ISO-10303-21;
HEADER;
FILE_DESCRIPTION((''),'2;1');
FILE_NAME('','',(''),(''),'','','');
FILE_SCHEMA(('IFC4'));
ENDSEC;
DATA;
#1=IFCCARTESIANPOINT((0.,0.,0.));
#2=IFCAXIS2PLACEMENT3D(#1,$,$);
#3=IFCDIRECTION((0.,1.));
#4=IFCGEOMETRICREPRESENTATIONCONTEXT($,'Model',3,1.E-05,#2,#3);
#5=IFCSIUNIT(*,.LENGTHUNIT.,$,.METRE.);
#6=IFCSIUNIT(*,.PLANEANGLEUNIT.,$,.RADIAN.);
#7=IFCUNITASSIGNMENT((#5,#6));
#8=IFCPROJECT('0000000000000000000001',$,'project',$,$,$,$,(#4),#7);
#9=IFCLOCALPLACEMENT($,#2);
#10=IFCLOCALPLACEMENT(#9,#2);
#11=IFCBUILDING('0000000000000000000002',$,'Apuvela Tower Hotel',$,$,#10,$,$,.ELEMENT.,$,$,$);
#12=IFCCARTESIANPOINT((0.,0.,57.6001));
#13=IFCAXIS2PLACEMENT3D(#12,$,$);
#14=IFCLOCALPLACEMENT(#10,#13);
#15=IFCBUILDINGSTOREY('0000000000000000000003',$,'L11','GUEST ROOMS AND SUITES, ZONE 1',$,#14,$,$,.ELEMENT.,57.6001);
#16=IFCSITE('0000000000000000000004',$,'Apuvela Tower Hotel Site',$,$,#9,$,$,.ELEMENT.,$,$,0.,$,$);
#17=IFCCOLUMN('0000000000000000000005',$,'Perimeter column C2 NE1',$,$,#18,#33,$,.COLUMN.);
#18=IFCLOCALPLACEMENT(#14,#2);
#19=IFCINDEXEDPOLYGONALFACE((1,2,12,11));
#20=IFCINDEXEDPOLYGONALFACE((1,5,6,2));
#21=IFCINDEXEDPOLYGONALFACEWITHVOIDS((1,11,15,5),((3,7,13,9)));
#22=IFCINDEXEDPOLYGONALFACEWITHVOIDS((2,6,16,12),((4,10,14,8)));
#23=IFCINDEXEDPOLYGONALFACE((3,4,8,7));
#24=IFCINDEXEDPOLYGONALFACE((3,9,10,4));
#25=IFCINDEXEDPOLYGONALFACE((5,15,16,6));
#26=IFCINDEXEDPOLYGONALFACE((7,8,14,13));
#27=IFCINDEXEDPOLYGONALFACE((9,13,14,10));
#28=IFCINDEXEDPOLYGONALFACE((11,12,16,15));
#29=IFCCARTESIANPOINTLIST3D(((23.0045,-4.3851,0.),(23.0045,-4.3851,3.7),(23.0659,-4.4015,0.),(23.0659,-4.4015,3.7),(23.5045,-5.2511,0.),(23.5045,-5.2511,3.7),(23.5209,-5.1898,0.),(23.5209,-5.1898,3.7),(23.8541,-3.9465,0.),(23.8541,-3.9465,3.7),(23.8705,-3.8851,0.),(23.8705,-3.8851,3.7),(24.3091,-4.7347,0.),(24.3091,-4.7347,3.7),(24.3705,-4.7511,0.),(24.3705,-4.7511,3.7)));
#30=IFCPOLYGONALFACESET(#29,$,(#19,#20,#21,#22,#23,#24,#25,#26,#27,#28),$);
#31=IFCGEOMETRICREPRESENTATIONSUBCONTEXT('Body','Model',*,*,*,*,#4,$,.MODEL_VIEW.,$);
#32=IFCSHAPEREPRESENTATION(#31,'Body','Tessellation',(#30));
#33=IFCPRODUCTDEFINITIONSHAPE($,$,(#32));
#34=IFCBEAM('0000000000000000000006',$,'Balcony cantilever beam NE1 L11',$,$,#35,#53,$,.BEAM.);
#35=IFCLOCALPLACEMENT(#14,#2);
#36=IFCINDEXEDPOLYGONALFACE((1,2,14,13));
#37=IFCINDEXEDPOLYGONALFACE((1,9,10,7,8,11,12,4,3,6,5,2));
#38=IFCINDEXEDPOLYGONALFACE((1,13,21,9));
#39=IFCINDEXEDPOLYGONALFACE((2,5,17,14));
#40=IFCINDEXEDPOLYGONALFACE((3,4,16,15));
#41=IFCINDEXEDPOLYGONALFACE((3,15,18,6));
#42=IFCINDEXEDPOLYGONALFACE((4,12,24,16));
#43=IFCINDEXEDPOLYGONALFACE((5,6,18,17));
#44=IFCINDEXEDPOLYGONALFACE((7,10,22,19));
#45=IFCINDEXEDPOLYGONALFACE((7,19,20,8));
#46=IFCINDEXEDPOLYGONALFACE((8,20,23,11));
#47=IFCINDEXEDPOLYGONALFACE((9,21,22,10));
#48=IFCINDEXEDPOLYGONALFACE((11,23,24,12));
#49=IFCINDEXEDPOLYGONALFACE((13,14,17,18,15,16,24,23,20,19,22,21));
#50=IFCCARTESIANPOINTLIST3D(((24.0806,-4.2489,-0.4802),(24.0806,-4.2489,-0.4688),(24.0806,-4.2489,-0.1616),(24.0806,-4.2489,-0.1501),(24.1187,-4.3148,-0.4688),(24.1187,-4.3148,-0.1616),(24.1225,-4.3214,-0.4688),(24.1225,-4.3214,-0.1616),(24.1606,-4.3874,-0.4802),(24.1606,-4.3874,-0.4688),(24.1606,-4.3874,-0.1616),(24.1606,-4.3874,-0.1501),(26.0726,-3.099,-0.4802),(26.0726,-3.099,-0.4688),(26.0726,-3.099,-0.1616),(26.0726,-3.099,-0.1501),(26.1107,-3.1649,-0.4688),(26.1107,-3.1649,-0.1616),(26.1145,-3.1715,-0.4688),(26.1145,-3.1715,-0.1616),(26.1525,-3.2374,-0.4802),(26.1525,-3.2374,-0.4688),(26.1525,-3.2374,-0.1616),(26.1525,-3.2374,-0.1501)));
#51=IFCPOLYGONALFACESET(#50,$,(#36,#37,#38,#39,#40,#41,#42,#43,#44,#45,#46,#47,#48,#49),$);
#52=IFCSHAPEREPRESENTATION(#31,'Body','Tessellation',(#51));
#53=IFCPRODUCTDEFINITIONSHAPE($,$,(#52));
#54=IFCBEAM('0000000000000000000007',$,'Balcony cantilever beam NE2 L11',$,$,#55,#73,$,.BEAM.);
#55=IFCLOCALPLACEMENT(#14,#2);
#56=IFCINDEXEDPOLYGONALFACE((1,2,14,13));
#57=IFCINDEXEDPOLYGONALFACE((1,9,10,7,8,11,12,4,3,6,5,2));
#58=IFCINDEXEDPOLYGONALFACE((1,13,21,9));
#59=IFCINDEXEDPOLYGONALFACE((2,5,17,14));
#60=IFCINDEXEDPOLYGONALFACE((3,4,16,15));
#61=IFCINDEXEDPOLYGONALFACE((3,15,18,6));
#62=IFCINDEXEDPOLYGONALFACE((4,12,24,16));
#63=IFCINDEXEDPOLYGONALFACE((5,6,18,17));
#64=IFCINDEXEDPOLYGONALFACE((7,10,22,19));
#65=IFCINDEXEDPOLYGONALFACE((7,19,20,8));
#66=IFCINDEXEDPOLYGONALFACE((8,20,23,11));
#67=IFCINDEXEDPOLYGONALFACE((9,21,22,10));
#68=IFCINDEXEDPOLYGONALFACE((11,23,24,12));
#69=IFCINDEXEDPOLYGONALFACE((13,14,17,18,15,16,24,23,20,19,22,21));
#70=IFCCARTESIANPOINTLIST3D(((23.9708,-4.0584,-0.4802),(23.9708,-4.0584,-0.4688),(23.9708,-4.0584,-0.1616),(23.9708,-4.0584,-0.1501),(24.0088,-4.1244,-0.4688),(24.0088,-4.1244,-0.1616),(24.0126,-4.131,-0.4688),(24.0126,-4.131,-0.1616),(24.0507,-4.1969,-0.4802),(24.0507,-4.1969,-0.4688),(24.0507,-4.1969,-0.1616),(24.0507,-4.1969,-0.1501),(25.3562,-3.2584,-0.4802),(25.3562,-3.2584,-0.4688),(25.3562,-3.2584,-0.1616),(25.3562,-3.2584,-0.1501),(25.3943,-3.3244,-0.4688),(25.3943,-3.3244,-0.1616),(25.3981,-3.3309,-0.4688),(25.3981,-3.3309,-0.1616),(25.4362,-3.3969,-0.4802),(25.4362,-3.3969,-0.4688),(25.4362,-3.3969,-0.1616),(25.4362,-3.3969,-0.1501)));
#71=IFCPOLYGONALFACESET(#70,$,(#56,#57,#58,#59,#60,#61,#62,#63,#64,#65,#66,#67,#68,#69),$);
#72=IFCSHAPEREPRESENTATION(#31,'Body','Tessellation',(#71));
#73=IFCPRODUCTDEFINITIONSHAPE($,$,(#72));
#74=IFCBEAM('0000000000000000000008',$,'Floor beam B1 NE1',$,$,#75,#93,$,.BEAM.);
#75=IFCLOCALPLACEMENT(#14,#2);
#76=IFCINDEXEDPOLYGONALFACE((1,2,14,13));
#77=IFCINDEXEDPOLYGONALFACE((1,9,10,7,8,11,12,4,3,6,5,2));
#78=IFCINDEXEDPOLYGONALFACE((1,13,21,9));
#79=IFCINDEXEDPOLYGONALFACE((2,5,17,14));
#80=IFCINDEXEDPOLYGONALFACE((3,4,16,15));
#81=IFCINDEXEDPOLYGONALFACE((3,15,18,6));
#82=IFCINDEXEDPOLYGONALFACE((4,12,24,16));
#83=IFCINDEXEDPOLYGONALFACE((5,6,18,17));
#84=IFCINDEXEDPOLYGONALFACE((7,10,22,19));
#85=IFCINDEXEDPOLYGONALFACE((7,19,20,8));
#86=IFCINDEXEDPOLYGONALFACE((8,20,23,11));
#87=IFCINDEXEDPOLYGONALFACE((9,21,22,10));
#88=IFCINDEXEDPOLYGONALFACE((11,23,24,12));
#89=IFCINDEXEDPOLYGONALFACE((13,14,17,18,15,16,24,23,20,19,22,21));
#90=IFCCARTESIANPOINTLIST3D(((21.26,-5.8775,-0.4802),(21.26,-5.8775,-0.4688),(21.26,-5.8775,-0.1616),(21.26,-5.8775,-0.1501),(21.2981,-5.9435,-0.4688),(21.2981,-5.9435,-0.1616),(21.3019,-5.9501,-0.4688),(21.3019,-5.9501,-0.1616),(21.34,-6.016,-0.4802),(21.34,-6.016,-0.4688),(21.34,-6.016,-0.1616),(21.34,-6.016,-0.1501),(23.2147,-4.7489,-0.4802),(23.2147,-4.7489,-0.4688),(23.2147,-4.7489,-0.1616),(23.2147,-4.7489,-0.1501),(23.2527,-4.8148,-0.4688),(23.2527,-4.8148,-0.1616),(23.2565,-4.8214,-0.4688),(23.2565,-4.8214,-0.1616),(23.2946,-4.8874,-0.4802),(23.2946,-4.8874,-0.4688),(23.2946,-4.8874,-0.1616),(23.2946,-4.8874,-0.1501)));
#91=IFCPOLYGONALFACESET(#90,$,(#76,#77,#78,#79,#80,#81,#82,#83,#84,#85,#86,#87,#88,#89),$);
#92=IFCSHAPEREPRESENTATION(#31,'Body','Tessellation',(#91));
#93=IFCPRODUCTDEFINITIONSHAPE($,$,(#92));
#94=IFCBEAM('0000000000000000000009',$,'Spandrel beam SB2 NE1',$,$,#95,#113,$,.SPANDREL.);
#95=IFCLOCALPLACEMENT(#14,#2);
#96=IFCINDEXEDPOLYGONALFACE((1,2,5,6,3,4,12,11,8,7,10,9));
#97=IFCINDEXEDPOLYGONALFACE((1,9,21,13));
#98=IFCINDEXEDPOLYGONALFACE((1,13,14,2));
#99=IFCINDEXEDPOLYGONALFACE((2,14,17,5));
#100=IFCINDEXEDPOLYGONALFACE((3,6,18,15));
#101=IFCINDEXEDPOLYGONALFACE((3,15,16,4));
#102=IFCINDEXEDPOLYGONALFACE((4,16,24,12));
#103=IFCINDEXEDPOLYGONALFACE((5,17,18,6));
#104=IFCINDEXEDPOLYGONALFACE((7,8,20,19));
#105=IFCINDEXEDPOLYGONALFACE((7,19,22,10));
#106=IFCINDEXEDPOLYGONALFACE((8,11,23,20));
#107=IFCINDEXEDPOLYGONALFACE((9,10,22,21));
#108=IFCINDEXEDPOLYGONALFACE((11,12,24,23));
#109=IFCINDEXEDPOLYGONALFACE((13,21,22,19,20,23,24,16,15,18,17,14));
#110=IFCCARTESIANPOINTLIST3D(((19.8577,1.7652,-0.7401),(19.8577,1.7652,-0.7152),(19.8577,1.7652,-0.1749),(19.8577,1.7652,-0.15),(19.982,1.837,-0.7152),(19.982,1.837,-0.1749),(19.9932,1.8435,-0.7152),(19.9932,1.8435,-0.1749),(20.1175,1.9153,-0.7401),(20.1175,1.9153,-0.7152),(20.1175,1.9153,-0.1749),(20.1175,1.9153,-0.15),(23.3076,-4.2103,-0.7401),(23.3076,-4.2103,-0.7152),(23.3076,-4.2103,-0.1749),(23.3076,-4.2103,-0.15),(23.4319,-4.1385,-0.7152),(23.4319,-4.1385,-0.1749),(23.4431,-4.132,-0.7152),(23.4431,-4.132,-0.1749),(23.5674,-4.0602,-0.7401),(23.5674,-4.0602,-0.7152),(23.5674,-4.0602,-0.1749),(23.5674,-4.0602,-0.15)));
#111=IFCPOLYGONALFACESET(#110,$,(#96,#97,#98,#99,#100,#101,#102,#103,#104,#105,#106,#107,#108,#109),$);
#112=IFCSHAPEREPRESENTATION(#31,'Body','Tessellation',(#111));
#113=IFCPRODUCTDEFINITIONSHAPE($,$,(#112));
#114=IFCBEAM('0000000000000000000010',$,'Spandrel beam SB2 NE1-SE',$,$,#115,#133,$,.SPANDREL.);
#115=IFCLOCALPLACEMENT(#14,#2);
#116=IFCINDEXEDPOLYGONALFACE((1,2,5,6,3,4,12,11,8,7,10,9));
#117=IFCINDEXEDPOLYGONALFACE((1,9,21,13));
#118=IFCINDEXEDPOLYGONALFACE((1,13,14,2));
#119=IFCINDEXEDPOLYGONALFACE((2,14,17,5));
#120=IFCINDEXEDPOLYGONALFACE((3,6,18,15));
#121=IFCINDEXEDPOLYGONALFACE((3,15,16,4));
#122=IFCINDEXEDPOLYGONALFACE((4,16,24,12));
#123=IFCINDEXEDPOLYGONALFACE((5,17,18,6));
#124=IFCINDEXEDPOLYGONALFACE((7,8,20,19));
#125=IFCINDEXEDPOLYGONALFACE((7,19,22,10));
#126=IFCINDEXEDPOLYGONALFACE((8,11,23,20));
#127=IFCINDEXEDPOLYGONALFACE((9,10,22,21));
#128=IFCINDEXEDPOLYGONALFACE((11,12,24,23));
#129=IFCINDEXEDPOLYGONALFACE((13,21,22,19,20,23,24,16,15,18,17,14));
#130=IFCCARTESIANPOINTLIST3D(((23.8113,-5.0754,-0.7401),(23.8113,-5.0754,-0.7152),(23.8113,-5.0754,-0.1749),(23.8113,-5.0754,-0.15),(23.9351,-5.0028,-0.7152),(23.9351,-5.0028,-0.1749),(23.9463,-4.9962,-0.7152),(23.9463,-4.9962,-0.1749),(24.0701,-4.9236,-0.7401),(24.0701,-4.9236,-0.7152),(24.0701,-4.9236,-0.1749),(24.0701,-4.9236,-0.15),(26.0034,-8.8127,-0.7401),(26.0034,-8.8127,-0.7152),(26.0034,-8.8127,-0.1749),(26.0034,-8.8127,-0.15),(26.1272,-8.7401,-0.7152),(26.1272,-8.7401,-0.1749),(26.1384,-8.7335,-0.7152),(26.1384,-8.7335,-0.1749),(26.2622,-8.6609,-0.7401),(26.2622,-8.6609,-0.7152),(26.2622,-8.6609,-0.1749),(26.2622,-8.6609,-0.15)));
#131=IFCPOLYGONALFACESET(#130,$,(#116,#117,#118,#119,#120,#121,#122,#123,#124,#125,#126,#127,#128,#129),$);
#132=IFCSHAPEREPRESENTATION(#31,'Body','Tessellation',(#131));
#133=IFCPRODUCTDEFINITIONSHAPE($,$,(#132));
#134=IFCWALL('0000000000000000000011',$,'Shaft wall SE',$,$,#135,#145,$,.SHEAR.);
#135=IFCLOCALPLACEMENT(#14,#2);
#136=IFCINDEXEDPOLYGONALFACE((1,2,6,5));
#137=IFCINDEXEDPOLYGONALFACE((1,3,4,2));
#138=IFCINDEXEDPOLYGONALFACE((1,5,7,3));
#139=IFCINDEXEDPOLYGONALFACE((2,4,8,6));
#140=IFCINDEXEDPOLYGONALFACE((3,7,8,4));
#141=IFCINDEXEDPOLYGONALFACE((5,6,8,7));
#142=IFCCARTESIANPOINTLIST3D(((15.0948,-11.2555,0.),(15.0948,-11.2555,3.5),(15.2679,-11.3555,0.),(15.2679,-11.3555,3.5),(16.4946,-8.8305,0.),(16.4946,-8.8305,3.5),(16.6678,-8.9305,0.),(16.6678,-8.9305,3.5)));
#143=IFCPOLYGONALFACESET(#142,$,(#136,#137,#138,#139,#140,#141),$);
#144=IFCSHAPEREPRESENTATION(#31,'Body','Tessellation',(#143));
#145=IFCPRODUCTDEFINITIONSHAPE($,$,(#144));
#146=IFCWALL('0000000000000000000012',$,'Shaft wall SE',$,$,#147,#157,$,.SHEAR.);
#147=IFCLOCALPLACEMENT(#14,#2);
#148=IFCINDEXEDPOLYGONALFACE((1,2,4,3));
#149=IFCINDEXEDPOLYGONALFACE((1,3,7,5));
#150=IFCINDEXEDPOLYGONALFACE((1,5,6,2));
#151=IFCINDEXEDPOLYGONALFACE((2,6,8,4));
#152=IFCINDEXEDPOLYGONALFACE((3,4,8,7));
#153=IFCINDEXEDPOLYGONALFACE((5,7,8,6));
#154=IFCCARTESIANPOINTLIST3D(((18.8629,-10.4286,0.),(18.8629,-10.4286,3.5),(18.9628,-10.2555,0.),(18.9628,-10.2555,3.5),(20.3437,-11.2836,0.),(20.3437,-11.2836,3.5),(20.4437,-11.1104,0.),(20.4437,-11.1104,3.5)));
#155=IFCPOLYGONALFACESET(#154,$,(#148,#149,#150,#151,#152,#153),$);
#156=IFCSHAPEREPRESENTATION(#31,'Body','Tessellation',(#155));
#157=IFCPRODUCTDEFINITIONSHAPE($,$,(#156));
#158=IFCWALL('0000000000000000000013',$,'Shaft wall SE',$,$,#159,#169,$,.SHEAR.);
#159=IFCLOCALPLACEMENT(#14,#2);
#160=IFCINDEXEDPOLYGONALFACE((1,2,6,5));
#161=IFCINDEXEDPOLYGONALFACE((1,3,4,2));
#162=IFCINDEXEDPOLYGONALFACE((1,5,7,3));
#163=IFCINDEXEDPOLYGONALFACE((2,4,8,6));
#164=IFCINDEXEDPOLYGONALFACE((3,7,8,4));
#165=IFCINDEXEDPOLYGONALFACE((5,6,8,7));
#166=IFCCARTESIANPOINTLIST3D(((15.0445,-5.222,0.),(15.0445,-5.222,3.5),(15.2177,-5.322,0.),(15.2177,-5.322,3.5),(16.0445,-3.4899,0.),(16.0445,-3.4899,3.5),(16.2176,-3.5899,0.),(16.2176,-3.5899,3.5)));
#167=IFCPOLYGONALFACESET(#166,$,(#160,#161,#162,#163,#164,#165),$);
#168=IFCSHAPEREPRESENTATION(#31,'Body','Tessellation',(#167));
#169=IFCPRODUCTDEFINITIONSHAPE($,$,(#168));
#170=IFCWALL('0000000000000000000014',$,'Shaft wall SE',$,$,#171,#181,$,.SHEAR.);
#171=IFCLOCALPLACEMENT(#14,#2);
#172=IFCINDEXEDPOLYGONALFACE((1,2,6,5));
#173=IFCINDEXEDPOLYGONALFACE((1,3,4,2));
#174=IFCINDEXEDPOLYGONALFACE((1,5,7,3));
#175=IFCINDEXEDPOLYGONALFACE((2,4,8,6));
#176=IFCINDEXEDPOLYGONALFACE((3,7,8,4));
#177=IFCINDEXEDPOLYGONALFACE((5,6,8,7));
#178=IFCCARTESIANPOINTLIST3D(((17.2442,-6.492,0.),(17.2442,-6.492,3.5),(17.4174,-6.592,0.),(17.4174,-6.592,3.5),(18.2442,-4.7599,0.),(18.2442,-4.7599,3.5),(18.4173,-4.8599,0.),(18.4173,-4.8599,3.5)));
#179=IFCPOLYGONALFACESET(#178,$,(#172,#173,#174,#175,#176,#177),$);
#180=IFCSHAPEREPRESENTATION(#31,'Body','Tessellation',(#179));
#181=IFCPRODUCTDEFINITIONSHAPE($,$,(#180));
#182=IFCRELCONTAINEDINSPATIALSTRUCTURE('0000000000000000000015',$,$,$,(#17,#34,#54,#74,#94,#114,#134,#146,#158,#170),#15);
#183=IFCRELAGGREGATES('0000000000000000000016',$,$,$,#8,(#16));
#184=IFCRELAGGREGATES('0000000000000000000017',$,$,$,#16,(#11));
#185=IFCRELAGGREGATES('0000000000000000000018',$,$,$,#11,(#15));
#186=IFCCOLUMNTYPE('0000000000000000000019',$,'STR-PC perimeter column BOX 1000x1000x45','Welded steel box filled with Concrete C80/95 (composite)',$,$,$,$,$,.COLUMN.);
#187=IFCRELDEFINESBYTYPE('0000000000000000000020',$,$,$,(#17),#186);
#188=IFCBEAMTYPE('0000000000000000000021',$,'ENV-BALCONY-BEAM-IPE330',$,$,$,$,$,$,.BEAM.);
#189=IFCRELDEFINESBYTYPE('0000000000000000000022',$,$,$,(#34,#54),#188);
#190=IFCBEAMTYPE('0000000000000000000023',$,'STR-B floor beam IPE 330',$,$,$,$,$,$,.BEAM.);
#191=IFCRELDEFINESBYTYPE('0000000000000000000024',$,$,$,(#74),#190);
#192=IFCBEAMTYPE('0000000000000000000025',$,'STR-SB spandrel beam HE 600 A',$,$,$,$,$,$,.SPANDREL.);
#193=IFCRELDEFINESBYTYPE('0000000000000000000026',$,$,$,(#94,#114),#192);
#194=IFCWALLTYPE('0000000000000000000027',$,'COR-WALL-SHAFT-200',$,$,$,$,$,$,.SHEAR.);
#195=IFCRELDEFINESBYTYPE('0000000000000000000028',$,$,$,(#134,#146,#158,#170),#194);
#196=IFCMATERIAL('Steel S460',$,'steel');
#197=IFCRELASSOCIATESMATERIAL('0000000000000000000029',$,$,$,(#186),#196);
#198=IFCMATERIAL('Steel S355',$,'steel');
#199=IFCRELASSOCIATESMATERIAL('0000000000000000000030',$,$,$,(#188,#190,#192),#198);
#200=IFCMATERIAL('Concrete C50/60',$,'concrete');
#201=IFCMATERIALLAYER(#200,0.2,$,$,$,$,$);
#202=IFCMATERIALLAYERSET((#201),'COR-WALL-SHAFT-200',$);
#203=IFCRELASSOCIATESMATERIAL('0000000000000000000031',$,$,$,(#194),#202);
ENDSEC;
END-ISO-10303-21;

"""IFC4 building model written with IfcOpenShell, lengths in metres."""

from ifc_helpers import new_model, si_unit, direction, frame, frame_2d, origin, origin_2d, place, context, subcontext, project, spatial, rectangle, hollow_rectangle, i_section, extrude, material, layer, layer_set, material_profile, profile_set, type_object, element, save


model = new_model("IFC4")

# Units and contexts
model_context = context("Model", 3, precision=1e-05, world=origin(), true_north=direction((0.0, 1.0)))
body_context = subcontext(model_context, "Body", "Model", "MODEL_VIEW")
ifc_project = project(units=[si_unit("LENGTHUNIT", "METRE"), si_unit("PLANEANGLEUNIT", "RADIAN")], contexts=[model_context])

# Site, building, storey
site_placement = place(None, origin())
site = spatial("IfcSite", under=ifc_project, at=site_placement, Name="Apuvela Tower Hotel Site", CompositionType="ELEMENT", RefElevation=0.0)
building_placement = place(site_placement, origin())
building = spatial("IfcBuilding", under=site, at=building_placement, Name="Apuvela Tower Hotel", CompositionType="ELEMENT")
storey_placement = place(building_placement, frame((0.0, 0.0, 57.6001)))
storey = spatial("IfcBuildingStorey", under=building, at=storey_placement, Name="L11", Description="GUEST ROOMS AND SUITES, ZONE 1", CompositionType="ELEMENT", Elevation=57.6001)

# Column
ifc_material_1 = material(Name="Steel S460", Category="steel")
ifc_material_profile_1 = material_profile(ifc_material_1, hollow_rectangle(XDim=1.0, YDim=1.0, WallThickness=0.0449, at=origin_2d()), Name="BOX 1000x1000x45")
ifc_material_2 = material(Name="Concrete C80/95", Category="concrete")
ifc_material_profile_2 = material_profile(ifc_material_2, rectangle(XDim=0.9099, YDim=0.9099, at=origin_2d()), Name="Concrete C80/95 infill")
ifc_profile_set_1 = profile_set([ifc_material_profile_1, ifc_material_profile_2], Name="Steel S460")
column_type = type_object("IfcColumnType", Name="STR-PC perimeter column BOX 1000x1000x45", Description="Welded steel box filled with Concrete C80/95 (composite)", PredefinedType="COLUMN", material=ifc_profile_set_1)
column_placement = place(storey_placement, frame((23.6875, -4.5681, 0.0), z_axis=(0.0, 0.0, 1.0), x_axis=(-0.5, 0.866025, 0.0)))
element("IfcColumn", 1, at=column_placement, inside=storey, type_object=column_type, Name="Perimeter column C2 NE1", PredefinedType="COLUMN", context=body_context, shape_type="SweptSolid", body=[
    extrude(hollow_rectangle(XDim=1.0, YDim=1.0, WallThickness=0.0449, at=origin_2d()), origin(), (0.0, 0.0, 1.0), 3.7),
])

# Beams
ifc_material_3 = material(Name="Steel S355", Category="steel")
ifc_material_profile_3 = material_profile(ifc_material_3, i_section(OverallWidth=0.1599, OverallDepth=0.3301, WebThickness=0.0076, FlangeThickness=0.0115, at=origin_2d()), Name="IPE 330")
ifc_profile_set_2 = profile_set([ifc_material_profile_3], Name="Steel S355")
beam_type_1 = type_object("IfcBeamType", Name="ENV-BALCONY-BEAM-IPE330", PredefinedType="BEAM", material=ifc_profile_set_2)
beam_1_placement = place(storey_placement, frame((24.1206, -4.3181, -0.3152), z_axis=(0.866053, 0.499952, 0.0), x_axis=(-0.499952, 0.866053, 0.0)))
element("IfcBeam", 2, at=beam_1_placement, inside=storey, type_object=beam_type_1, Name="Balcony cantilever beam NE1 L11", PredefinedType="BEAM", context=body_context, shape_type="SweptSolid", body=[
    extrude(i_section(OverallWidth=0.1599, OverallDepth=0.3301, WebThickness=0.0076, FlangeThickness=0.0115, at=origin_2d()), origin(), (0.0, 0.0, 1.0), 2.3),
])
beam_2_placement = place(storey_placement, frame((24.0107, -4.1277, -0.3152), z_axis=(0.86599, 0.500061, 0.0), x_axis=(-0.500061, 0.86599, 0.0)))
element("IfcBeam", 3, at=beam_2_placement, inside=storey, type_object=beam_type_1, Name="Balcony cantilever beam NE2 L11", PredefinedType="BEAM", context=body_context, shape_type="SweptSolid", body=[
    extrude(i_section(OverallWidth=0.1599, OverallDepth=0.3301, WebThickness=0.0076, FlangeThickness=0.0115, at=origin_2d()), origin(), (0.0, 0.0, 1.0), 1.5999),
])
ifc_material_profile_4 = material_profile(ifc_material_3, i_section(OverallWidth=0.1599, OverallDepth=0.3301, WebThickness=0.0076, FlangeThickness=0.0115, at=origin_2d()), Name="IPE 330")
ifc_profile_set_3 = profile_set([ifc_material_profile_4], Name="Steel S355")
beam_type_2 = type_object("IfcBeamType", Name="STR-B floor beam IPE 330", PredefinedType="BEAM", material=ifc_profile_set_3)
beam_3_placement = place(storey_placement, frame((23.2546, -4.8181, -0.3152), z_axis=(-0.865991, -0.50006, 0.0), x_axis=(0.50006, -0.865991, 0.0)))
element("IfcBeam", 4, at=beam_3_placement, inside=storey, type_object=beam_type_2, Name="Floor beam B1 NE1", PredefinedType="BEAM", context=body_context, shape_type="SweptSolid", body=[
    extrude(i_section(OverallWidth=0.1599, OverallDepth=0.3301, WebThickness=0.0076, FlangeThickness=0.0115, at=origin_2d()), origin(), (0.0, 0.0, 1.0), 2.2571),
])
ifc_material_profile_5 = material_profile(ifc_material_3, i_section(OverallWidth=0.3, OverallDepth=0.5901, WebThickness=0.0129, FlangeThickness=0.0249, at=origin_2d()), Name="HE 600 A")
ifc_profile_set_4 = profile_set([ifc_material_profile_5], Name="Steel S355")
beam_type_3 = type_object("IfcBeamType", Name="STR-SB spandrel beam HE 600 A", PredefinedType="SPANDREL", material=ifc_profile_set_4)
beam_4_placement = place(storey_placement, frame((23.4375, -4.1353, -0.4451), z_axis=(-0.499994, 0.866029, 0.0), x_axis=(-0.866029, -0.499994, 0.0)))
element("IfcBeam", 5, at=beam_4_placement, inside=storey, type_object=beam_type_3, Name="Spandrel beam SB2 NE1", PredefinedType="SPANDREL", context=body_context, shape_type="SweptSolid", body=[
    extrude(i_section(OverallWidth=0.3, OverallDepth=0.5901, WebThickness=0.0129, FlangeThickness=0.0249, at=origin_2d()), origin(), (0.0, 0.0, 1.0), 6.8999),
])
beam_5_placement = place(storey_placement, frame((23.9407, -4.9995, -0.4451), z_axis=(0.505944, -0.862567, 0.0), x_axis=(0.862567, 0.505944, 0.0)))
element("IfcBeam", 6, at=beam_5_placement, inside=storey, type_object=beam_type_3, Name="Spandrel beam SB2 NE1-SE", PredefinedType="SPANDREL", context=body_context, shape_type="SweptSolid", body=[
    extrude(i_section(OverallWidth=0.3, OverallDepth=0.5901, WebThickness=0.0129, FlangeThickness=0.0249, at=origin_2d()), origin(), (0.0, 0.0, 1.0), 4.3328),
])

# Walls
ifc_material_4 = material(Name="Concrete C50/60", Category="concrete")
ifc_layer_1 = layer(ifc_material_4, 0.2)
ifc_layer_set_1 = layer_set([ifc_layer_1], Name="COR-WALL-SHAFT-200")
wall_type_1 = type_object("IfcWallType", Name="COR-WALL-SHAFT-200", PredefinedType="SHEAR", material=ifc_layer_set_1)
wall_1_placement = place(storey_placement, frame((15.1814, -11.3054, 0.0), z_axis=(0.0, 0.0, 1.0), x_axis=(0.499946, 0.866056, 0.0)))
element("IfcWall", 7, at=wall_1_placement, inside=storey, type_object=wall_type_1, Name="Shaft wall SE", PredefinedType="SHEAR", context=body_context, shape_type="SweptSolid", body=[
    extrude(rectangle(XDim=2.8, YDim=0.2, at=frame_2d((1.3999, 0.0))), origin(), (0.0, 0.0, 1.0), 3.5),
])
wall_2_placement = place(storey_placement, frame((18.9128, -10.342, 0.0), z_axis=(0.0, 0.0, 1.0), x_axis=(0.866038, -0.499978, 0.0)))
element("IfcWall", 8, at=wall_2_placement, inside=storey, type_object=wall_type_1, Name="Shaft wall SE", PredefinedType="SHEAR", context=body_context, shape_type="SweptSolid", body=[
    extrude(rectangle(XDim=1.71, YDim=0.2, at=frame_2d((0.855, 0.0))), origin(), (0.0, 0.0, 1.0), 3.5),
])
for number, where, z_axis, x_axis, name in (
    (9, (15.1311, -5.272, 0.0), (0.0, 0.0, 1.0), (0.499973, 0.866041, 0.0), "Shaft wall SE"),
    (10, (17.3308, -6.542, 0.0), (0.0, 0.0, 1.0), (0.499973, 0.866041, 0.0), "Shaft wall SE"),
):
    element("IfcWall", number, at=place(storey_placement, frame(where, z_axis=z_axis, x_axis=x_axis)), inside=storey, type_object=wall_type_1, Name=name, PredefinedType="SHEAR", context=body_context, shape_type="SweptSolid", body=[
        extrude(rectangle(XDim=2.0, YDim=0.2, at=frame_2d((1.0, 0.0))), origin(), (0.0, 0.0, 1.0), 3.5),
    ])

save(model, "model.ifc")
